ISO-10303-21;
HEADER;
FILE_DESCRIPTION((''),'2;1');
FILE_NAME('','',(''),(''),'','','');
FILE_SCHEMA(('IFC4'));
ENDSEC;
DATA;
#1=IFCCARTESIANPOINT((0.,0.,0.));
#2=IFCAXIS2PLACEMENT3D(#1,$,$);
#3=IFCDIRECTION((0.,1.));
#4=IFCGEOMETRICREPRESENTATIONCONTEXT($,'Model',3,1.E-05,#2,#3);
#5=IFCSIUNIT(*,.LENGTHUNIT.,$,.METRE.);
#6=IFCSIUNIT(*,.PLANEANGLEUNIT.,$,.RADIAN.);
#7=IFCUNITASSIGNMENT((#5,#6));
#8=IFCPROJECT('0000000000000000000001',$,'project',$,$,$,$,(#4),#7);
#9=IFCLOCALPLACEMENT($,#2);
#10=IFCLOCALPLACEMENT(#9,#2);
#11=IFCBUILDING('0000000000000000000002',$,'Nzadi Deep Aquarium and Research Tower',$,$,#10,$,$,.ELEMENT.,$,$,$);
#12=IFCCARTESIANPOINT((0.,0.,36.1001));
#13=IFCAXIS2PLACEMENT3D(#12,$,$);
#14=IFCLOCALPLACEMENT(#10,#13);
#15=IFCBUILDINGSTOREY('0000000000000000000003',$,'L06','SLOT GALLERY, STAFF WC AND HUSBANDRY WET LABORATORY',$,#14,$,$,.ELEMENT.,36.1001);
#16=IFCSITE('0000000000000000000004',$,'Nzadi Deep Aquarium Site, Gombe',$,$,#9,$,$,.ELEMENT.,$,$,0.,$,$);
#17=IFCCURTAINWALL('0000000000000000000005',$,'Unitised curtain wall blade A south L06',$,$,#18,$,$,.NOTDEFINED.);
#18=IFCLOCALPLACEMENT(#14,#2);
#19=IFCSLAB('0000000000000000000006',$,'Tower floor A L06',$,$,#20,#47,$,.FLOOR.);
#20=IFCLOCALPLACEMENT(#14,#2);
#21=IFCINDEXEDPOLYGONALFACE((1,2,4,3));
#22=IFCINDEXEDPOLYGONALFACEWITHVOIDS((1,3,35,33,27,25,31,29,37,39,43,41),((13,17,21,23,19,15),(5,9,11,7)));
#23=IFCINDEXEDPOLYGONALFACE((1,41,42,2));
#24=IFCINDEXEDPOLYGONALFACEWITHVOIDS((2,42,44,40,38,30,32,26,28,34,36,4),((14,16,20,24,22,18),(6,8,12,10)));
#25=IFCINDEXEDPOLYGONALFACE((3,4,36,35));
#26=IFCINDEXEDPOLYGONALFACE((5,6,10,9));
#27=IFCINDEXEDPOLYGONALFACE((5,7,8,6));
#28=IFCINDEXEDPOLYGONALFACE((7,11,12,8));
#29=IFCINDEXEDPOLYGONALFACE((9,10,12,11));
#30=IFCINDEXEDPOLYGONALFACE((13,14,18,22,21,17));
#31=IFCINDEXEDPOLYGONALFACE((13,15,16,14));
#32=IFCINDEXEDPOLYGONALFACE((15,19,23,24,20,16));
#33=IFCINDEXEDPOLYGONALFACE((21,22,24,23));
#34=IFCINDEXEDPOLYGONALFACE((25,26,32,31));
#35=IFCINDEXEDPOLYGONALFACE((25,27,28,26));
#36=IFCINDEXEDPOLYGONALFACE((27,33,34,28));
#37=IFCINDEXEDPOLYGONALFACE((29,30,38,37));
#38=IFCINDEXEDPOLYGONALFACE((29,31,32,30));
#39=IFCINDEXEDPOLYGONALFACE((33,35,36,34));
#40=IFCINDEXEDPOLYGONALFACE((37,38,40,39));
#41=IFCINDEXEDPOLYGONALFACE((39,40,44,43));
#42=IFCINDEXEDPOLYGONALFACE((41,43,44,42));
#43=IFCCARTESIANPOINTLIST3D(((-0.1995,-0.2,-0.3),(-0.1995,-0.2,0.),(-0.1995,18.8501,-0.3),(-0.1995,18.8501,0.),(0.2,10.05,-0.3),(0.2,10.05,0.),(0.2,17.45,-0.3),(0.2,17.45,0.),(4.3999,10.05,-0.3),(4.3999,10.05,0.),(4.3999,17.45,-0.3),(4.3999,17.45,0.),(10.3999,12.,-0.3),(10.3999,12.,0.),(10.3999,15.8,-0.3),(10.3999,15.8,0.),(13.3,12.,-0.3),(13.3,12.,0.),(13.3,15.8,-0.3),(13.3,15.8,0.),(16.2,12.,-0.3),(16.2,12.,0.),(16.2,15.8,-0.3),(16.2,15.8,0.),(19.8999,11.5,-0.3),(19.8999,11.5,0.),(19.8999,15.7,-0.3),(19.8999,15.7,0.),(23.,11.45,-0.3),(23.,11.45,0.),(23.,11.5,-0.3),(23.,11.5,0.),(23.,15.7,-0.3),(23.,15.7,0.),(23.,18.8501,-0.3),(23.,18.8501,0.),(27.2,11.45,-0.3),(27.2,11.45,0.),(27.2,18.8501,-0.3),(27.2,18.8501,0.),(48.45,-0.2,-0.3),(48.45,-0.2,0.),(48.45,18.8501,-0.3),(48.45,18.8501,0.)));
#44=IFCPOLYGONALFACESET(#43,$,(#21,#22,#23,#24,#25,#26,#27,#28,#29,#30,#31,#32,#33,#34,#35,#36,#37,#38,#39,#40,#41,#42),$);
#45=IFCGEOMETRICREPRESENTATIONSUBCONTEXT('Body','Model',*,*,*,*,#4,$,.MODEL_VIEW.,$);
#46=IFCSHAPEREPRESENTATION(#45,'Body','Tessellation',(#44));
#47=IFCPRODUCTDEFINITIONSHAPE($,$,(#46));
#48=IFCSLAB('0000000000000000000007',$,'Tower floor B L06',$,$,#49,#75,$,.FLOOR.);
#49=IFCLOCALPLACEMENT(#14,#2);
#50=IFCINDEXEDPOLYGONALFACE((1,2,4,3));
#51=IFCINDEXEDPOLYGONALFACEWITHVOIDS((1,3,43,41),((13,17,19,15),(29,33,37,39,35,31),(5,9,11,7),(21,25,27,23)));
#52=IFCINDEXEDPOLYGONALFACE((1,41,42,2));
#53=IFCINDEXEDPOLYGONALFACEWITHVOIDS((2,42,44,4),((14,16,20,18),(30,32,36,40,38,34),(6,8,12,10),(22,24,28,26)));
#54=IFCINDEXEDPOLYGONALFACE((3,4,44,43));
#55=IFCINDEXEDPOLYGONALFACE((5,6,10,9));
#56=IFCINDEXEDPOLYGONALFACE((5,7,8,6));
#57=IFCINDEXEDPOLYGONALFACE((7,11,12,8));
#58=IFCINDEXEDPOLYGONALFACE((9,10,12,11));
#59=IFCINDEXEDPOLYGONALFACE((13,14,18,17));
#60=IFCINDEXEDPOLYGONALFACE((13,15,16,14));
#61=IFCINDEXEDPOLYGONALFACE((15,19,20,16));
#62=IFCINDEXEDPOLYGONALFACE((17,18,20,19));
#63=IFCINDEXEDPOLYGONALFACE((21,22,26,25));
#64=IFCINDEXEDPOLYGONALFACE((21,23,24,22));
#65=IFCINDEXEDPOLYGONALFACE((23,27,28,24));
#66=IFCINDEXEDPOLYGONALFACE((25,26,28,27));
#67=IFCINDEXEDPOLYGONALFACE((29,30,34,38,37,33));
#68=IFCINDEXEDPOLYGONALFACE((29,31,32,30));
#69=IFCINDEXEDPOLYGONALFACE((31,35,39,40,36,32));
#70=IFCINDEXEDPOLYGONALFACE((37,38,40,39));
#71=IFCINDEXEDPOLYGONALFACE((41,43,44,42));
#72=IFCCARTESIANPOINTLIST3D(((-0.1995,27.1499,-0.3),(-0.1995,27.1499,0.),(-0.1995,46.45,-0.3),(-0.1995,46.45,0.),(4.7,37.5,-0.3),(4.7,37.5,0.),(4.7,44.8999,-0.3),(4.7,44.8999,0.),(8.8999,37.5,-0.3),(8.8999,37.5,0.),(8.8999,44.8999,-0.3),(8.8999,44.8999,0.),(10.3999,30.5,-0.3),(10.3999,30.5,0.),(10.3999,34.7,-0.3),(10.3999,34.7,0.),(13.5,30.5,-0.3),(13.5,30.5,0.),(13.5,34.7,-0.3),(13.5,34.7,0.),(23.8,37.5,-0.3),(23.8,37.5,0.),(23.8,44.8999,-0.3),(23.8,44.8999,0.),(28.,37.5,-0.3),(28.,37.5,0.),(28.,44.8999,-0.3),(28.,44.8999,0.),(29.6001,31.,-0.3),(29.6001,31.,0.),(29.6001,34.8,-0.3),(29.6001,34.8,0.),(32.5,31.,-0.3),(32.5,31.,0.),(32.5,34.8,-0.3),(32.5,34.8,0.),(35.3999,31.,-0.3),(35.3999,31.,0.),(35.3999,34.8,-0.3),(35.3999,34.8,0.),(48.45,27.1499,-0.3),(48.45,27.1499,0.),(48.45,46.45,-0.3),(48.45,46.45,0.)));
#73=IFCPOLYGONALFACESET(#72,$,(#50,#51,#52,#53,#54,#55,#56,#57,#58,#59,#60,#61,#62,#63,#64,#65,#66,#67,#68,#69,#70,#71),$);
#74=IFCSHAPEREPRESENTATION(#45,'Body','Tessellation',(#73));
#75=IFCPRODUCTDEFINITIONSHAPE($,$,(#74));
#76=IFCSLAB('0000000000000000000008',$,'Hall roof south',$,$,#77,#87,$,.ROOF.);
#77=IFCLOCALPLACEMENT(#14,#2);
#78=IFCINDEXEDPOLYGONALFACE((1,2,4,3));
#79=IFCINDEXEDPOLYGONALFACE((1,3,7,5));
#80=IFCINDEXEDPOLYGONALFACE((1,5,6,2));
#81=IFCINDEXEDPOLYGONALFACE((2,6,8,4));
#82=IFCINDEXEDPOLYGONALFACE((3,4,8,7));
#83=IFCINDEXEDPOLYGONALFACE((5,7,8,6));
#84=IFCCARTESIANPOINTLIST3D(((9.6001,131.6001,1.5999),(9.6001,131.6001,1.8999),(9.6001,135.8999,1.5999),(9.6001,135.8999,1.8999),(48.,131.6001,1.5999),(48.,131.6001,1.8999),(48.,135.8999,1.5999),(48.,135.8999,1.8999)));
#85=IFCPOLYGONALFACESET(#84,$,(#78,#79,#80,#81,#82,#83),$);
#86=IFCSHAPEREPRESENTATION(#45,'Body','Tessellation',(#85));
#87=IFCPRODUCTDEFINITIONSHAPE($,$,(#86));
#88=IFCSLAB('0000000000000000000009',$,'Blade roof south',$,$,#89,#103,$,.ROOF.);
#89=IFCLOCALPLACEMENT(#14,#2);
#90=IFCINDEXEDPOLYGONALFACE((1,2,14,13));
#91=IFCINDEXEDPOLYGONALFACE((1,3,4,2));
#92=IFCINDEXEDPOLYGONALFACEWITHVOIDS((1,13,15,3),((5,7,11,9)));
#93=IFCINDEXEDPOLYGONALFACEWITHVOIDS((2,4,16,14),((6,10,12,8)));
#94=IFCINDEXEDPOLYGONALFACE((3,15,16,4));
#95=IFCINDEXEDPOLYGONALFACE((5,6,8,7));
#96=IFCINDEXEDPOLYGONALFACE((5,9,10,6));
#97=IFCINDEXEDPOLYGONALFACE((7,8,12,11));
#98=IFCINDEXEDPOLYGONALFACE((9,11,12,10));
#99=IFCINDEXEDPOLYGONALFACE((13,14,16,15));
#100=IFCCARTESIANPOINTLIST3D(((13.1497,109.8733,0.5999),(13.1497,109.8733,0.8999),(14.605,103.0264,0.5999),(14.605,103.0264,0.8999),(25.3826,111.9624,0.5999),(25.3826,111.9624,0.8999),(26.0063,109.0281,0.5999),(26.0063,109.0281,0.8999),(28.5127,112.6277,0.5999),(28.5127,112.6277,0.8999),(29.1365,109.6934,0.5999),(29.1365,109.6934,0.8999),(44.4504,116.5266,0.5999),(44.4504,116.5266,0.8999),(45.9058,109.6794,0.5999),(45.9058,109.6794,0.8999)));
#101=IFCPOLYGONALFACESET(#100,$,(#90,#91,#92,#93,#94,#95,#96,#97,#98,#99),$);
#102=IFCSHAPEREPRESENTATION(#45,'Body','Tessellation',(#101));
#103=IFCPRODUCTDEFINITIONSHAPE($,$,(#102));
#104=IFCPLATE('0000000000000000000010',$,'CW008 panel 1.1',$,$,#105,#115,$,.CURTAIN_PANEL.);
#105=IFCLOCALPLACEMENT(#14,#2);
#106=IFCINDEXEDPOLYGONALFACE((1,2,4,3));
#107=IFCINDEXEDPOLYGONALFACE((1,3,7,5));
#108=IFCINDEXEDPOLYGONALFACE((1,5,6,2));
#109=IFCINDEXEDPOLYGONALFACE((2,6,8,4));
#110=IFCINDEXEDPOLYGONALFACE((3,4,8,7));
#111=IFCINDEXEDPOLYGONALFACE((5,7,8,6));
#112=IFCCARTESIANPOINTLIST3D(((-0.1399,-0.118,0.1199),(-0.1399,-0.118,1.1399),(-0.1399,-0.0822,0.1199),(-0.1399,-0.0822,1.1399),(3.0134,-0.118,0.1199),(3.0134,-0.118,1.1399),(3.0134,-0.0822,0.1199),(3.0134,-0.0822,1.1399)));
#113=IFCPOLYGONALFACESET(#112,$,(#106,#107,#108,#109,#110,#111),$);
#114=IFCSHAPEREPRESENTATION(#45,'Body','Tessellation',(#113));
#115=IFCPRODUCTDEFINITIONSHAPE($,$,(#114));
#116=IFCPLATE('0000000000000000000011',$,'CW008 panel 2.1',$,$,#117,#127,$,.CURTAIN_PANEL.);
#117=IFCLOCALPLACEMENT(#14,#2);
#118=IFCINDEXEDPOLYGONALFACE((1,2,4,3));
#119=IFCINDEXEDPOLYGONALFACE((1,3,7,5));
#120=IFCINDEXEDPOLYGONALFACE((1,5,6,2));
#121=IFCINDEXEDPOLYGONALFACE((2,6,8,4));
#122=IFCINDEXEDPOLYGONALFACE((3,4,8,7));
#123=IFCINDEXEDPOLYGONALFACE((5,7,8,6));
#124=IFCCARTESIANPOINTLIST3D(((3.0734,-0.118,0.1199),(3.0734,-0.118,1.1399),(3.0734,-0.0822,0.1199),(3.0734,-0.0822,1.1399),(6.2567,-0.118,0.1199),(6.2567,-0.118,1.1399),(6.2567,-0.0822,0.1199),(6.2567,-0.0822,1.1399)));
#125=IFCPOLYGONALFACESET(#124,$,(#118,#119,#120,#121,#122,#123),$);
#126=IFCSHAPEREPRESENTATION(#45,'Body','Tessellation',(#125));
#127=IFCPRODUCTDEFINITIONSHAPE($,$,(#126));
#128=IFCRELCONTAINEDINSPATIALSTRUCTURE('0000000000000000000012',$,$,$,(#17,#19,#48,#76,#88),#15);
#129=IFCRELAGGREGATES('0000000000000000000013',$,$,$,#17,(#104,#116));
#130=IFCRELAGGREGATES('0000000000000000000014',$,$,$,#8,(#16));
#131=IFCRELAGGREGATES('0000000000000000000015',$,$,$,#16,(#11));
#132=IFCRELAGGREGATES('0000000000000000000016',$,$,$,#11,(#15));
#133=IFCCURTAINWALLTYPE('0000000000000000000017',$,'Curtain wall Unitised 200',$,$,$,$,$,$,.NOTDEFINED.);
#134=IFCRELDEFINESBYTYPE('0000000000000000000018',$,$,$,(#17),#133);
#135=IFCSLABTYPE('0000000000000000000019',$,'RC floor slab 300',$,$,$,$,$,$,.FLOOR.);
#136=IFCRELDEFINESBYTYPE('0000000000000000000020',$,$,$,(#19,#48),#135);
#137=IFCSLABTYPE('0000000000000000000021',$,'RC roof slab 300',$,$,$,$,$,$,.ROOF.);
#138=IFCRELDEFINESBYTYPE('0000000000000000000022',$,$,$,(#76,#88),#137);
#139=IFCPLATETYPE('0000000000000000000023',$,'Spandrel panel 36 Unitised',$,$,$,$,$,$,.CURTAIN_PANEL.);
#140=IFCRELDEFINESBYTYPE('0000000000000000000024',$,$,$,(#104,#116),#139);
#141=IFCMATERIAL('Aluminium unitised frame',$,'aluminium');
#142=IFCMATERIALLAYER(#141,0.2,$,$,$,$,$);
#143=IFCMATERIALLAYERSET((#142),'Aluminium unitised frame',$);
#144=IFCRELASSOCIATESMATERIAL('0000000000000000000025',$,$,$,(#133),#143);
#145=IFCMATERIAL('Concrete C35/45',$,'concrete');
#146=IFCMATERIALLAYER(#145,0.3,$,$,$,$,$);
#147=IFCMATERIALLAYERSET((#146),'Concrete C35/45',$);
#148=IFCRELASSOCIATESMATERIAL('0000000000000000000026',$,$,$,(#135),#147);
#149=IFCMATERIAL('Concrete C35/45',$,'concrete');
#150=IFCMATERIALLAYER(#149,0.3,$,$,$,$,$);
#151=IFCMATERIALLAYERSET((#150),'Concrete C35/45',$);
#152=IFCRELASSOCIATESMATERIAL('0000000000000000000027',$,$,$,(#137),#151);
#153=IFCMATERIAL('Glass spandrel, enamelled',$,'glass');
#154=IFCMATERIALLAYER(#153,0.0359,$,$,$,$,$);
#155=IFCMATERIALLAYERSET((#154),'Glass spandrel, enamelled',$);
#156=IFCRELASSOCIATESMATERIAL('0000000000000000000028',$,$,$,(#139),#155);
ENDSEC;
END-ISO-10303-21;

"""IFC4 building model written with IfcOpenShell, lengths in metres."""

from ifc_helpers import new_model, si_unit, direction, frame, origin, origin_2d, place, context, subcontext, project, spatial, polyline, rectangle, outline, extrude, material, layer, layer_set, type_object, element, aggregate, save


model = new_model("IFC4")

# Units and contexts
model_context = context("Model", 3, precision=1e-05, world=origin(), true_north=direction((0.0, 1.0)))
body_context = subcontext(model_context, "Body", "Model", "MODEL_VIEW")
ifc_project = project(units=[si_unit("LENGTHUNIT", "METRE"), si_unit("PLANEANGLEUNIT", "RADIAN")], contexts=[model_context])

# Site, building, storey
site_placement = place(None, origin())
site = spatial("IfcSite", under=ifc_project, at=site_placement, Name="Nzadi Deep Aquarium Site, Gombe", CompositionType="ELEMENT", RefElevation=0.0)
building_placement = place(site_placement, origin())
building = spatial("IfcBuilding", under=site, at=building_placement, Name="Nzadi Deep Aquarium and Research Tower", CompositionType="ELEMENT")
storey_placement = place(building_placement, frame((0.0, 0.0, 36.1001)))
storey = spatial("IfcBuildingStorey", under=building, at=storey_placement, Name="L06", Description="SLOT GALLERY, STAFF WC AND HUSBANDRY WET LABORATORY", CompositionType="ELEMENT", Elevation=36.1001)

# Curtain wall
ifc_material_1 = material(Name="Aluminium unitised frame", Category="aluminium")
ifc_layer_1 = layer(ifc_material_1, 0.2)
ifc_layer_set_1 = layer_set([ifc_layer_1], Name="Aluminium unitised frame")
curtain_wall_type = type_object("IfcCurtainWallType", Name="Curtain wall Unitised 200", PredefinedType="NOTDEFINED", material=ifc_layer_set_1)
curtain_wall_placement = place(storey_placement, origin())
curtain_wall = element("IfcCurtainWall", 1, at=curtain_wall_placement, inside=storey, type_object=curtain_wall_type, Name="Unitised curtain wall blade A south L06", PredefinedType="NOTDEFINED")

# Slabs
ifc_material_2 = material(Name="Concrete C35/45", Category="concrete")
ifc_layer_2 = layer(ifc_material_2, 0.3)
ifc_layer_set_2 = layer_set([ifc_layer_2], Name="Concrete C35/45")
slab_type_1 = type_object("IfcSlabType", Name="RC floor slab 300", PredefinedType="FLOOR", material=ifc_layer_set_2)
slab_1_placement = place(storey_placement, frame((0.0, 0.0, -0.3)))
element("IfcSlab", 2, at=slab_1_placement, inside=storey, type_object=slab_type_1, Name="Tower floor A L06", PredefinedType="FLOOR", context=body_context, shape_type="SweptSolid", body=[
    extrude(outline(polyline([(27.2, 11.45), (23.0, 11.45), (23.0, 11.5), (19.8999, 11.5), (19.8999, 15.7), (23.0, 15.7), (23.0, 18.8501), (-0.1995, 18.8501), (-0.1995, -0.2), (48.45, -0.2), (48.45, 18.8501), (27.2, 18.8501), (27.2, 11.45)]), holes=[polyline([(4.3999, 17.45), (4.3999, 10.05), (0.2, 10.05), (0.2, 17.45), (4.3999, 17.45)]), polyline([(10.3999, 12.0), (10.3999, 15.8), (13.3, 15.8), (16.2, 15.8), (16.2, 12.0), (13.3, 12.0), (10.3999, 12.0)])]), origin(), (0.0, 0.0, 1.0), 0.3),
])
slab_2_placement = place(storey_placement, frame((0.0, 0.0, -0.3)))
element("IfcSlab", 3, at=slab_2_placement, inside=storey, type_object=slab_type_1, Name="Tower floor B L06", PredefinedType="FLOOR", context=body_context, shape_type="SweptSolid", body=[
    extrude(outline(polyline([(-0.1995, 27.1499), (48.45, 27.1499), (48.45, 46.45), (-0.1995, 46.45), (-0.1995, 27.1499)]), holes=[polyline([(8.8999, 44.8999), (8.8999, 37.5), (4.7, 37.5), (4.7, 44.8999), (8.8999, 44.8999)]), polyline([(28.0, 37.5), (23.8, 37.5), (23.8, 44.8999), (28.0, 44.8999), (28.0, 37.5)]), polyline([(10.3999, 30.5), (10.3999, 34.7), (13.5, 34.7), (13.5, 30.5), (10.3999, 30.5)]), polyline([(29.6001, 34.8), (32.5, 34.8), (35.3999, 34.8), (35.3999, 31.0), (32.5, 31.0), (29.6001, 31.0), (29.6001, 34.8)])]), origin(), (0.0, 0.0, 1.0), 0.3),
])
ifc_material_3 = material(Name="Concrete C35/45", Category="concrete")
ifc_layer_3 = layer(ifc_material_3, 0.3)
ifc_layer_set_3 = layer_set([ifc_layer_3], Name="Concrete C35/45")
slab_type_2 = type_object("IfcSlabType", Name="RC roof slab 300", PredefinedType="ROOF", material=ifc_layer_set_3)
slab_3_placement = place(storey_placement, frame((0.0, 0.0, 1.5999)))
element("IfcSlab", 4, at=slab_3_placement, inside=storey, type_object=slab_type_2, Name="Hall roof south", PredefinedType="ROOF", context=body_context, shape_type="SweptSolid", body=[
    extrude(outline(polyline([(48.0, 131.6001), (48.0, 135.8999), (9.6001, 135.8999), (9.6001, 131.6001), (48.0, 131.6001)])), origin(), (0.0, 0.0, 1.0), 0.3),
])
slab_4_placement = place(storey_placement, frame((0.0, 0.0, 0.5999)))
element("IfcSlab", 5, at=slab_4_placement, inside=storey, type_object=slab_type_2, Name="Blade roof south", PredefinedType="ROOF", context=body_context, shape_type="SweptSolid", body=[
    extrude(outline(polyline([(13.1497, 109.8733), (14.605, 103.0264), (45.9058, 109.6794), (44.4504, 116.5266), (13.1497, 109.8733)]), holes=[polyline([(29.1365, 109.6934), (26.0063, 109.0281), (25.3826, 111.9624), (28.5127, 112.6277), (29.1365, 109.6934)])]), origin(), (0.0, 0.0, 1.0), 0.3),
])

# Plates
ifc_material_4 = material(Name="Glass spandrel, enamelled", Category="glass")
ifc_layer_4 = layer(ifc_material_4, 0.0359)
ifc_layer_set_4 = layer_set([ifc_layer_4], Name="Glass spandrel, enamelled")
plate_type_1 = type_object("IfcPlateType", Name="Spandrel panel 36 Unitised", PredefinedType="CURTAIN_PANEL", material=ifc_layer_set_4)
plate_1_placement = place(storey_placement, frame((1.4368, -0.1001, 0.1199), z_axis=(0.0, 0.0, 1.0), x_axis=(1.0, 0.0, 0.0)))
plate_1 = element("IfcPlate", 6, at=plate_1_placement, type_object=plate_type_1, Name="CW008 panel 1.1", PredefinedType="CURTAIN_PANEL", context=body_context, shape_type="SweptSolid", body=[
    extrude(rectangle(XDim=3.1533, YDim=0.0359, at=origin_2d()), origin(), (0.0, 0.0, 1.0), 1.02),
])
plate_2_placement = place(storey_placement, frame((4.665, -0.1001, 0.1199), z_axis=(0.0, 0.0, 1.0), x_axis=(1.0, 0.0, 0.0)))
plate_2 = element("IfcPlate", 7, at=plate_2_placement, type_object=plate_type_1, Name="CW008 panel 2.1", PredefinedType="CURTAIN_PANEL", context=body_context, shape_type="SweptSolid", body=[
    extrude(rectangle(XDim=3.1833, YDim=0.0359, at=origin_2d()), origin(), (0.0, 0.0, 1.0), 1.02),
])
aggregate(curtain_wall, [plate_1, plate_2])

save(model, "model.ifc")
